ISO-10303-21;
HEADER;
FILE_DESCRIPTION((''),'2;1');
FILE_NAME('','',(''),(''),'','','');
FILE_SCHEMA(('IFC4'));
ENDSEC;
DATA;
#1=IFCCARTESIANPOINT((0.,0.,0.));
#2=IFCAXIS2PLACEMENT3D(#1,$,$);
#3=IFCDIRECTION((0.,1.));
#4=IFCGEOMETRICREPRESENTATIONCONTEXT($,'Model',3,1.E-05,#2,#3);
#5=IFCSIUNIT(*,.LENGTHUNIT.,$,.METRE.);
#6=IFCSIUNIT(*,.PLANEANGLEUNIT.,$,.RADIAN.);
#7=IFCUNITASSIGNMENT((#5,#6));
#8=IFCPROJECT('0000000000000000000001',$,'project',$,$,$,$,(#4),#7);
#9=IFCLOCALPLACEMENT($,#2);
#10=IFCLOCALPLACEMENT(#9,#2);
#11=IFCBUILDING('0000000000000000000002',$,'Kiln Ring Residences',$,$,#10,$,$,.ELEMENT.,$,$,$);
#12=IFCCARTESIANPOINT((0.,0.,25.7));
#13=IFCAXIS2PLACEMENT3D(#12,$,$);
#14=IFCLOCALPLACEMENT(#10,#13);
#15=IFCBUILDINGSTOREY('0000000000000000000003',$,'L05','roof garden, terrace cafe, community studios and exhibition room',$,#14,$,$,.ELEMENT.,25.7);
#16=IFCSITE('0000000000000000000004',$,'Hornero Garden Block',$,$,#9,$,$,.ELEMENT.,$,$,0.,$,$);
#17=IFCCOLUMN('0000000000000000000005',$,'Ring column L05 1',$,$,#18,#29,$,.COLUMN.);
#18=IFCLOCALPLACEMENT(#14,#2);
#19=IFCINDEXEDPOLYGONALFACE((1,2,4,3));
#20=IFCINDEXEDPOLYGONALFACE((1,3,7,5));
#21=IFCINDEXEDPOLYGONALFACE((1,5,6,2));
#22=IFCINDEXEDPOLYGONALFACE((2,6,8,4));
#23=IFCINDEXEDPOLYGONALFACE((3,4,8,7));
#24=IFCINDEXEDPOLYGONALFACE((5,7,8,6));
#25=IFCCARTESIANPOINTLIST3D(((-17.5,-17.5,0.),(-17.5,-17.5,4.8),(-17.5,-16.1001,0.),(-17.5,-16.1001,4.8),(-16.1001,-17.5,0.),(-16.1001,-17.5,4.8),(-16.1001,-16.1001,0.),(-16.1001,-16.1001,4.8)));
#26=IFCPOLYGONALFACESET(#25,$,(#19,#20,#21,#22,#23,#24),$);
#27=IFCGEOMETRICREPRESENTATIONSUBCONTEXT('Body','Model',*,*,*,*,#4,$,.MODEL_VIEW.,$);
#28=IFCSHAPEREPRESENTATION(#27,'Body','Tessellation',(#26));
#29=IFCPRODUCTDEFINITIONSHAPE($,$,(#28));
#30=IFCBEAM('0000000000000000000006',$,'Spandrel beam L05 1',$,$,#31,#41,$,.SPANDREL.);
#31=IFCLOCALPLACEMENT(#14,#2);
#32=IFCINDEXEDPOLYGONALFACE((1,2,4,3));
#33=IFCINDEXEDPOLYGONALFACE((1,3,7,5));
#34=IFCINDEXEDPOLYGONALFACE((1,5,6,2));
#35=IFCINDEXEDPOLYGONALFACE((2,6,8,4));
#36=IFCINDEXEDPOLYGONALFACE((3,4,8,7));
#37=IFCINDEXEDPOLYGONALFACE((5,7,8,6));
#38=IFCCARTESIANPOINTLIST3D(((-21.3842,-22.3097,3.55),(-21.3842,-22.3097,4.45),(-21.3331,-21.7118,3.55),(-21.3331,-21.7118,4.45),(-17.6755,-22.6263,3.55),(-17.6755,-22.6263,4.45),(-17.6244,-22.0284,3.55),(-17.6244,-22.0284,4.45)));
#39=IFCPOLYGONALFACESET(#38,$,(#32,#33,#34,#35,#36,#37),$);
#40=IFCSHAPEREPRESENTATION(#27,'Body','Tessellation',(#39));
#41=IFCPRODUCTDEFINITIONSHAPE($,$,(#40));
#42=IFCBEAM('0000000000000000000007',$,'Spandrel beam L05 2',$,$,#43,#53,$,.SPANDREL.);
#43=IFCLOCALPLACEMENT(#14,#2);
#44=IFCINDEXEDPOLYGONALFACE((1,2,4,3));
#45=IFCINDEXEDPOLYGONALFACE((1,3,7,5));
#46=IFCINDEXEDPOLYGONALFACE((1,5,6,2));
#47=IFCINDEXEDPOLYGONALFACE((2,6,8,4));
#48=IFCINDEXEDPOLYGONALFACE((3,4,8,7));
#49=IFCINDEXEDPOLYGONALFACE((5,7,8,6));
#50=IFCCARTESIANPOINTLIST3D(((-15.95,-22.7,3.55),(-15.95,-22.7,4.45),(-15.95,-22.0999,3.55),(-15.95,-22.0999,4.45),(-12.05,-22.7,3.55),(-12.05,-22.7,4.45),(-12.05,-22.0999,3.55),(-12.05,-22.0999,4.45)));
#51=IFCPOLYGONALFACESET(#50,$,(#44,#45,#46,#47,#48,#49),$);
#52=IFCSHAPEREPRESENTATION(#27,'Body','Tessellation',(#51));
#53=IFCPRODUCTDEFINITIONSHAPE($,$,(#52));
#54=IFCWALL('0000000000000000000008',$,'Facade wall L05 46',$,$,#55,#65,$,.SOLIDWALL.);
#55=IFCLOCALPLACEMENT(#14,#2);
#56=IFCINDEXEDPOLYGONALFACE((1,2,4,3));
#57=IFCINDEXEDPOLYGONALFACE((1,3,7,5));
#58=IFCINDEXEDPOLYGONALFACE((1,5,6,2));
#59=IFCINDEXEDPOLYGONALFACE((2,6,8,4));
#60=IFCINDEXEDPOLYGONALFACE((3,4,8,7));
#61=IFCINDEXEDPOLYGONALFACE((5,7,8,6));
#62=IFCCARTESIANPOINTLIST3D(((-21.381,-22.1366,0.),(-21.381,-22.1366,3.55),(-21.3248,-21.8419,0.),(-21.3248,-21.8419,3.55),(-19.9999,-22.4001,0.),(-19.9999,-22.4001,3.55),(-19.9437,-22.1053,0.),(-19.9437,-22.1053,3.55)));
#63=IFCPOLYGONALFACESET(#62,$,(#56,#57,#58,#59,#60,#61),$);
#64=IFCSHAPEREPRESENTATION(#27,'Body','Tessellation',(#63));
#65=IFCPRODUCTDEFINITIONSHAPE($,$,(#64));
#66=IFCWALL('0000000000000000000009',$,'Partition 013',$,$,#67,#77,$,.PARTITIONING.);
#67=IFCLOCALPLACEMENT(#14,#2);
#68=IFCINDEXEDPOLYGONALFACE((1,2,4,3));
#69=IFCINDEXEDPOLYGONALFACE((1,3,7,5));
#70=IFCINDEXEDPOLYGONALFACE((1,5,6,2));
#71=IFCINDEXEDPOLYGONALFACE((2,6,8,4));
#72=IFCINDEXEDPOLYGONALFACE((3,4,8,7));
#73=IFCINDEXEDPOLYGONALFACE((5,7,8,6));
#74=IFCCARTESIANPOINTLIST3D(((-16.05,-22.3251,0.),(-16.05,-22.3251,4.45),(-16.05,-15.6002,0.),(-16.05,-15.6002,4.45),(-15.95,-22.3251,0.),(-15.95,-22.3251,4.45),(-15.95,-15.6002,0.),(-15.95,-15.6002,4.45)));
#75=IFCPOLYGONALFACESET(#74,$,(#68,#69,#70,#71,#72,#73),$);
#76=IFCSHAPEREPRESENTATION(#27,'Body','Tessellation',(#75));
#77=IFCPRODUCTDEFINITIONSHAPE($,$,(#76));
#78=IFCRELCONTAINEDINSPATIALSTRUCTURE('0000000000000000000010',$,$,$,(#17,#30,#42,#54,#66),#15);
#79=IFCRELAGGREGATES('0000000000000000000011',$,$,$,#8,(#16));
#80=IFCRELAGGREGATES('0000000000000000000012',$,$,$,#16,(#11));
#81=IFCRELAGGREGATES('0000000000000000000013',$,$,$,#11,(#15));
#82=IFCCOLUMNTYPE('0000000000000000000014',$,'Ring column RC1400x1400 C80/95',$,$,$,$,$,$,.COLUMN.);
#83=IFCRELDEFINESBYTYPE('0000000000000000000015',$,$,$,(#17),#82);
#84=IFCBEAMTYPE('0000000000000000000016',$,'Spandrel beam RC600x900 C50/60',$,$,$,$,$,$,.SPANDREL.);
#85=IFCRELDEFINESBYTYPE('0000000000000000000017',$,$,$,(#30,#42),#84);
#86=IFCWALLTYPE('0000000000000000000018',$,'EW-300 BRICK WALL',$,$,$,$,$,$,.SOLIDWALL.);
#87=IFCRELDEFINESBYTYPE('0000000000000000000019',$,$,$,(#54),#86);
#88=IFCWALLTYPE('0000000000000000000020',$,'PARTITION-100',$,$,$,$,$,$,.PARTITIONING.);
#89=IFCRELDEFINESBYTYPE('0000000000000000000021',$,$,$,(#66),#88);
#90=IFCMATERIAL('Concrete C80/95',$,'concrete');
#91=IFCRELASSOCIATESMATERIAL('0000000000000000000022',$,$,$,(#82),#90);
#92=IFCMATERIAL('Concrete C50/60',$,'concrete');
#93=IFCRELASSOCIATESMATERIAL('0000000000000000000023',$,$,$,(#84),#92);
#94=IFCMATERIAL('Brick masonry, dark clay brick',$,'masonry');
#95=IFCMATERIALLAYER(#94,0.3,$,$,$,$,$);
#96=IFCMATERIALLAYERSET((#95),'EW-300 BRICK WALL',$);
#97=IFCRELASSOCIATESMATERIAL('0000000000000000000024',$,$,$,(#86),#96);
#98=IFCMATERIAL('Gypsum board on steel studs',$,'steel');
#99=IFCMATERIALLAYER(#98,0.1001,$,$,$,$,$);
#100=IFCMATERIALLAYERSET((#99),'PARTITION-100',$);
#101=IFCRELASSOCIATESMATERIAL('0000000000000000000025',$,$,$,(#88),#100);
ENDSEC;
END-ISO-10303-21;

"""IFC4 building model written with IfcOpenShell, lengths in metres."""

from ifc_helpers import new_model, si_unit, direction, frame, frame_2d, origin, origin_2d, place, context, subcontext, project, spatial, rectangle, extrude, material, layer, layer_set, material_profile, profile_set, type_object, element, save


model = new_model("IFC4")

# Units and contexts
model_context = context("Model", 3, precision=1e-05, world=origin(), true_north=direction((0.0, 1.0)))
body_context = subcontext(model_context, "Body", "Model", "MODEL_VIEW")
ifc_project = project(units=[si_unit("LENGTHUNIT", "METRE"), si_unit("PLANEANGLEUNIT", "RADIAN")], contexts=[model_context])

# Site, building, storey
site_placement = place(None, origin())
site = spatial("IfcSite", under=ifc_project, at=site_placement, Name="Hornero Garden Block", CompositionType="ELEMENT", RefElevation=0.0)
building_placement = place(site_placement, origin())
building = spatial("IfcBuilding", under=site, at=building_placement, Name="Kiln Ring Residences", CompositionType="ELEMENT")
storey_placement = place(building_placement, frame((0.0, 0.0, 25.7)))
storey = spatial("IfcBuildingStorey", under=building, at=storey_placement, Name="L05", Description="roof garden, terrace cafe, community studios and exhibition room", CompositionType="ELEMENT", Elevation=25.7)

# Column
ifc_material_1 = material(Name="Concrete C80/95", Category="concrete")
ifc_material_profile_1 = material_profile(ifc_material_1, rectangle(XDim=1.3999, YDim=1.3999, at=origin_2d()), Name="RC1400x1400")
ifc_profile_set_1 = profile_set([ifc_material_profile_1], Name="Concrete C80/95")
column_type = type_object("IfcColumnType", Name="Ring column RC1400x1400 C80/95", PredefinedType="COLUMN", material=ifc_profile_set_1)
column_placement = place(storey_placement, frame((-16.8, -16.8, 0.0), z_axis=(0.0, 0.0, 1.0), x_axis=(1.0, 0.0, 0.0)))
element("IfcColumn", 1, at=column_placement, inside=storey, type_object=column_type, Name="Ring column L05 1", PredefinedType="COLUMN", context=body_context, shape_type="SweptSolid", body=[
    extrude(rectangle(XDim=1.3999, YDim=1.3999, at=origin_2d()), origin(), (0.0, 0.0, 1.0), 4.8),
])

# Beams
ifc_material_2 = material(Name="Concrete C50/60", Category="concrete")
ifc_material_profile_2 = material_profile(ifc_material_2, rectangle(XDim=0.6001, YDim=0.8999, at=origin_2d()), Name="RC600x900")
ifc_profile_set_2 = profile_set([ifc_material_profile_2], Name="Concrete C50/60")
beam_type = type_object("IfcBeamType", Name="Spandrel beam RC600x900 C50/60", PredefinedType="SPANDREL", material=ifc_profile_set_2)
beam_1_placement = place(storey_placement, frame((-21.3586, -22.0107, 4.0), z_axis=(0.996375, -0.08507, 0.0), x_axis=(0.08507, 0.996375, 0.0)))
element("IfcBeam", 2, at=beam_1_placement, inside=storey, type_object=beam_type, Name="Spandrel beam L05 1", PredefinedType="SPANDREL", context=body_context, shape_type="SweptSolid", body=[
    extrude(rectangle(XDim=0.6001, YDim=0.8999, at=origin_2d()), origin(), (0.0, 0.0, 1.0), 3.7222),
])
beam_2_placement = place(storey_placement, frame((-15.95, -22.3999, 4.0), z_axis=(1.0, 0.0, 0.0), x_axis=(0.0, 1.0, 0.0)))
element("IfcBeam", 3, at=beam_2_placement, inside=storey, type_object=beam_type, Name="Spandrel beam L05 2", PredefinedType="SPANDREL", context=body_context, shape_type="SweptSolid", body=[
    extrude(rectangle(XDim=0.6001, YDim=0.8999, at=origin_2d()), origin(), (0.0, 0.0, 1.0), 3.8999),
])

# Walls
ifc_material_3 = material(Name="Brick masonry, dark clay brick", Category="masonry")
ifc_layer_1 = layer(ifc_material_3, 0.3)
ifc_layer_set_1 = layer_set([ifc_layer_1], Name="EW-300 BRICK WALL")
wall_type_1 = type_object("IfcWallType", Name="EW-300 BRICK WALL", PredefinedType="SOLIDWALL", material=ifc_layer_set_1)
wall_1_placement = place(storey_placement, frame((-21.353, -21.9893, 0.0), z_axis=(0.0, 0.0, 1.0), x_axis=(0.982291, -0.187359, 0.0)))
element("IfcWall", 4, at=wall_1_placement, inside=storey, type_object=wall_type_1, Name="Facade wall L05 46", PredefinedType="SOLIDWALL", context=body_context, shape_type="SweptSolid", body=[
    extrude(rectangle(XDim=1.406, YDim=0.3, at=frame_2d((0.7031, 0.0))), origin(), (0.0, 0.0, 1.0), 3.55),
])
ifc_material_4 = material(Name="Gypsum board on steel studs", Category="steel")
ifc_layer_2 = layer(ifc_material_4, 0.1001)
ifc_layer_set_2 = layer_set([ifc_layer_2], Name="PARTITION-100")
wall_type_2 = type_object("IfcWallType", Name="PARTITION-100", PredefinedType="PARTITIONING", material=ifc_layer_set_2)
wall_2_placement = place(storey_placement, frame((-16.0, -22.325, 0.0), z_axis=(0.0, 0.0, 1.0), x_axis=(0.0, 1.0, 0.0)))
element("IfcWall", 5, at=wall_2_placement, inside=storey, type_object=wall_type_2, Name="Partition 013", PredefinedType="PARTITIONING", context=body_context, shape_type="SweptSolid", body=[
    extrude(rectangle(XDim=6.7249, YDim=0.1001, at=frame_2d((3.3623, 0.0))), origin(), (0.0, 0.0, 1.0), 4.45),
])

save(model, "model.ifc")
